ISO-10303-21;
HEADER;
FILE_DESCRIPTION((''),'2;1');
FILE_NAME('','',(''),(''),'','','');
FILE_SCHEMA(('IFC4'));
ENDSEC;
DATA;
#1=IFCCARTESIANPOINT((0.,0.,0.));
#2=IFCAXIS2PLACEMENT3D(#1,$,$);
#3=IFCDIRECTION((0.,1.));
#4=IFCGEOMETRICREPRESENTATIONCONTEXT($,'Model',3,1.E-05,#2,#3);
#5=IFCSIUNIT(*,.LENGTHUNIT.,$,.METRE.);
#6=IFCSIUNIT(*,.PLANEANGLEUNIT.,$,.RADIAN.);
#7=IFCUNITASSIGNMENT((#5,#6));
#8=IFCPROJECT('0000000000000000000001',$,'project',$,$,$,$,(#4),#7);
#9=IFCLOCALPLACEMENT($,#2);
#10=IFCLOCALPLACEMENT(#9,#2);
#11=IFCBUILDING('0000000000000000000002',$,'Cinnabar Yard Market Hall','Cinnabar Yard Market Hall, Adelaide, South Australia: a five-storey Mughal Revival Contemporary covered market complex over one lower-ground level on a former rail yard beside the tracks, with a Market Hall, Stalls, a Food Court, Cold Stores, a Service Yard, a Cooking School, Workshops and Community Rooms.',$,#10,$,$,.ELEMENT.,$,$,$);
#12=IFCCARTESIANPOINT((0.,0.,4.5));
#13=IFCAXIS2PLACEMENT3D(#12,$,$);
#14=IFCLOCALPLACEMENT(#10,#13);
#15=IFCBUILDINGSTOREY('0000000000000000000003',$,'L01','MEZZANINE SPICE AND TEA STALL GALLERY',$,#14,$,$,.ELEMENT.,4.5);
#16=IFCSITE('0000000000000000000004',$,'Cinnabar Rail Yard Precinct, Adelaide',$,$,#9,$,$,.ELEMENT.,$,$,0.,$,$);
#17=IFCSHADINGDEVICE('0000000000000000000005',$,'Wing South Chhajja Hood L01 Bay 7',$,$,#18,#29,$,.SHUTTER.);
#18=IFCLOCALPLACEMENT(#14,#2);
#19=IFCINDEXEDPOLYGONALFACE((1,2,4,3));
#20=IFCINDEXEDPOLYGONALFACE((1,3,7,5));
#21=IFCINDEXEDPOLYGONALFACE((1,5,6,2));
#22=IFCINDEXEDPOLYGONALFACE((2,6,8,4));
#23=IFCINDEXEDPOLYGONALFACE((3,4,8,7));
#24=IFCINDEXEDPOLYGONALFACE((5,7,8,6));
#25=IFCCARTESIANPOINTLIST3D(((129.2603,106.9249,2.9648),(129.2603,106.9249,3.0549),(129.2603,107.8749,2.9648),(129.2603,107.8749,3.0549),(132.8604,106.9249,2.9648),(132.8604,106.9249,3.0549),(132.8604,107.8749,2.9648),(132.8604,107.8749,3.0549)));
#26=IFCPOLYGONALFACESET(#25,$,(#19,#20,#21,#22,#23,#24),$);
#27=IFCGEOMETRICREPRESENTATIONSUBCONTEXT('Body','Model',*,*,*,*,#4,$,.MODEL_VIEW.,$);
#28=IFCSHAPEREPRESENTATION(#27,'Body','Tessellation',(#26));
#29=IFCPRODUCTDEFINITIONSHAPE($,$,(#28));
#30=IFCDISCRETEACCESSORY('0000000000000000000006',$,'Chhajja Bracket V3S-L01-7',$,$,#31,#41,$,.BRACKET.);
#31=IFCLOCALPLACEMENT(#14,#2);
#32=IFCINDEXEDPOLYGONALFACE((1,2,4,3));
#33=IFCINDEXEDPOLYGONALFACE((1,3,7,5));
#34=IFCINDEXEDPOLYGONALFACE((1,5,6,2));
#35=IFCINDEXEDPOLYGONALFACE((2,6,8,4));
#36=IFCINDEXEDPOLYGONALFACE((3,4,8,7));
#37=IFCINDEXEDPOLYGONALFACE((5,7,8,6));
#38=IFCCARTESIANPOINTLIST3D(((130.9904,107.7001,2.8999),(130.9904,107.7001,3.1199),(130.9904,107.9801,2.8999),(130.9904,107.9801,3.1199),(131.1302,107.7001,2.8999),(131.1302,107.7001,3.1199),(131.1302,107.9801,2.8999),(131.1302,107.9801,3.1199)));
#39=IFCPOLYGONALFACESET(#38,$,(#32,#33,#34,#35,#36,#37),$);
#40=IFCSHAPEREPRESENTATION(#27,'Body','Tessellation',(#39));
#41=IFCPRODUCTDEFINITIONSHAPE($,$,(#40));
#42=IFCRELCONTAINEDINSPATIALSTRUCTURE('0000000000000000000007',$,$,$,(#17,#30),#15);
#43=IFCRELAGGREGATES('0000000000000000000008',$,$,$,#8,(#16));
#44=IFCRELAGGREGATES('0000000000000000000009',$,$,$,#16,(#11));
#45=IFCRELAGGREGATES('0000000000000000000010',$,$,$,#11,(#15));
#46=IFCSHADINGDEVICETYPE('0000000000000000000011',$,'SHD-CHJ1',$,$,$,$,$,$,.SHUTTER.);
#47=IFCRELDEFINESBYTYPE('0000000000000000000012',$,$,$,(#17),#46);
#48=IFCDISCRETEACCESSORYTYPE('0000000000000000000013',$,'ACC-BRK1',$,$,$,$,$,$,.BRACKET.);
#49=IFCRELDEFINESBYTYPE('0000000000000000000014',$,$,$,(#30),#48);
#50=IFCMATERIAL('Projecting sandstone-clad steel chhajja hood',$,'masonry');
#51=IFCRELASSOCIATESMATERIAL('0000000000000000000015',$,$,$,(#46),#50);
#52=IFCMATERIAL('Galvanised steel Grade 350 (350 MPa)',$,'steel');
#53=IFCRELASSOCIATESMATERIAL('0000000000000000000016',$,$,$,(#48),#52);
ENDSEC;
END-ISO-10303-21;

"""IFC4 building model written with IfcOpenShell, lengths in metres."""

from ifc_helpers import new_model, si_unit, direction, frame, origin, origin_2d_with_axis, place, context, subcontext, project, spatial, rectangle, extrude, material, type_object, element, save


model = new_model("IFC4")

# Units and contexts
model_context = context("Model", 3, precision=1e-05, world=origin(), true_north=direction((0.0, 1.0)))
body_context = subcontext(model_context, "Body", "Model", "MODEL_VIEW")
ifc_project = project(units=[si_unit("LENGTHUNIT", "METRE"), si_unit("PLANEANGLEUNIT", "RADIAN")], contexts=[model_context])

# Site, building, storey
site_placement = place(None, origin())
site = spatial("IfcSite", under=ifc_project, at=site_placement, Name="Cinnabar Rail Yard Precinct, Adelaide", CompositionType="ELEMENT", RefElevation=0.0)
building_placement = place(site_placement, origin())
building = spatial("IfcBuilding", under=site, at=building_placement, Name="Cinnabar Yard Market Hall", Description="Cinnabar Yard Market Hall, Adelaide, South Australia: a five-storey Mughal Revival Contemporary covered market complex over one lower-ground level on a former rail yard beside the tracks, with a Market Hall, Stalls, a Food Court, Cold Stores, a Service Yard, a Cooking School, Workshops and Community Rooms.", CompositionType="ELEMENT")
storey_placement = place(building_placement, frame((0.0, 0.0, 4.5)))
storey = spatial("IfcBuildingStorey", under=building, at=storey_placement, Name="L01", Description="MEZZANINE SPICE AND TEA STALL GALLERY", CompositionType="ELEMENT", Elevation=4.5)

# Shading device
ifc_material_1 = material(Name="Projecting sandstone-clad steel chhajja hood", Category="masonry")
shading_device_type = type_object("IfcShadingDeviceType", Name="SHD-CHJ1", PredefinedType="SHUTTER", material=ifc_material_1)
shading_device_placement = place(storey_placement, frame((131.0603, 107.3999, 2.9648), z_axis=(0.0, 0.0, 1.0), x_axis=(1.0, 0.0, 0.0)))
element("IfcShadingDevice", 1, at=shading_device_placement, inside=storey, type_object=shading_device_type, Name="Wing South Chhajja Hood L01 Bay 7", PredefinedType="SHUTTER", context=body_context, shape_type="SweptSolid", body=[
    extrude(rectangle(XDim=3.6001, YDim=0.95, at=origin_2d_with_axis()), origin(), (0.0, 0.0, 1.0), 0.0901),
])

# Discrete accessory
ifc_material_2 = material(Name="Galvanised steel Grade 350 (350 MPa)", Category="steel")
discrete_accessory_type = type_object("IfcDiscreteAccessoryType", Name="ACC-BRK1", PredefinedType="BRACKET", material=ifc_material_2)
discrete_accessory_placement = place(storey_placement, frame((131.0603, 107.8401, 2.8999), z_axis=(0.0, 0.0, 1.0), x_axis=(1.0, 0.0, 0.0)))
element("IfcDiscreteAccessory", 2, at=discrete_accessory_placement, inside=storey, type_object=discrete_accessory_type, Name="Chhajja Bracket V3S-L01-7", PredefinedType="BRACKET", context=body_context, shape_type="SweptSolid", body=[
    extrude(rectangle(XDim=0.1399, YDim=0.28, at=origin_2d_with_axis()), origin(), (0.0, 0.0, 1.0), 0.22),
])

save(model, "model.ifc")
